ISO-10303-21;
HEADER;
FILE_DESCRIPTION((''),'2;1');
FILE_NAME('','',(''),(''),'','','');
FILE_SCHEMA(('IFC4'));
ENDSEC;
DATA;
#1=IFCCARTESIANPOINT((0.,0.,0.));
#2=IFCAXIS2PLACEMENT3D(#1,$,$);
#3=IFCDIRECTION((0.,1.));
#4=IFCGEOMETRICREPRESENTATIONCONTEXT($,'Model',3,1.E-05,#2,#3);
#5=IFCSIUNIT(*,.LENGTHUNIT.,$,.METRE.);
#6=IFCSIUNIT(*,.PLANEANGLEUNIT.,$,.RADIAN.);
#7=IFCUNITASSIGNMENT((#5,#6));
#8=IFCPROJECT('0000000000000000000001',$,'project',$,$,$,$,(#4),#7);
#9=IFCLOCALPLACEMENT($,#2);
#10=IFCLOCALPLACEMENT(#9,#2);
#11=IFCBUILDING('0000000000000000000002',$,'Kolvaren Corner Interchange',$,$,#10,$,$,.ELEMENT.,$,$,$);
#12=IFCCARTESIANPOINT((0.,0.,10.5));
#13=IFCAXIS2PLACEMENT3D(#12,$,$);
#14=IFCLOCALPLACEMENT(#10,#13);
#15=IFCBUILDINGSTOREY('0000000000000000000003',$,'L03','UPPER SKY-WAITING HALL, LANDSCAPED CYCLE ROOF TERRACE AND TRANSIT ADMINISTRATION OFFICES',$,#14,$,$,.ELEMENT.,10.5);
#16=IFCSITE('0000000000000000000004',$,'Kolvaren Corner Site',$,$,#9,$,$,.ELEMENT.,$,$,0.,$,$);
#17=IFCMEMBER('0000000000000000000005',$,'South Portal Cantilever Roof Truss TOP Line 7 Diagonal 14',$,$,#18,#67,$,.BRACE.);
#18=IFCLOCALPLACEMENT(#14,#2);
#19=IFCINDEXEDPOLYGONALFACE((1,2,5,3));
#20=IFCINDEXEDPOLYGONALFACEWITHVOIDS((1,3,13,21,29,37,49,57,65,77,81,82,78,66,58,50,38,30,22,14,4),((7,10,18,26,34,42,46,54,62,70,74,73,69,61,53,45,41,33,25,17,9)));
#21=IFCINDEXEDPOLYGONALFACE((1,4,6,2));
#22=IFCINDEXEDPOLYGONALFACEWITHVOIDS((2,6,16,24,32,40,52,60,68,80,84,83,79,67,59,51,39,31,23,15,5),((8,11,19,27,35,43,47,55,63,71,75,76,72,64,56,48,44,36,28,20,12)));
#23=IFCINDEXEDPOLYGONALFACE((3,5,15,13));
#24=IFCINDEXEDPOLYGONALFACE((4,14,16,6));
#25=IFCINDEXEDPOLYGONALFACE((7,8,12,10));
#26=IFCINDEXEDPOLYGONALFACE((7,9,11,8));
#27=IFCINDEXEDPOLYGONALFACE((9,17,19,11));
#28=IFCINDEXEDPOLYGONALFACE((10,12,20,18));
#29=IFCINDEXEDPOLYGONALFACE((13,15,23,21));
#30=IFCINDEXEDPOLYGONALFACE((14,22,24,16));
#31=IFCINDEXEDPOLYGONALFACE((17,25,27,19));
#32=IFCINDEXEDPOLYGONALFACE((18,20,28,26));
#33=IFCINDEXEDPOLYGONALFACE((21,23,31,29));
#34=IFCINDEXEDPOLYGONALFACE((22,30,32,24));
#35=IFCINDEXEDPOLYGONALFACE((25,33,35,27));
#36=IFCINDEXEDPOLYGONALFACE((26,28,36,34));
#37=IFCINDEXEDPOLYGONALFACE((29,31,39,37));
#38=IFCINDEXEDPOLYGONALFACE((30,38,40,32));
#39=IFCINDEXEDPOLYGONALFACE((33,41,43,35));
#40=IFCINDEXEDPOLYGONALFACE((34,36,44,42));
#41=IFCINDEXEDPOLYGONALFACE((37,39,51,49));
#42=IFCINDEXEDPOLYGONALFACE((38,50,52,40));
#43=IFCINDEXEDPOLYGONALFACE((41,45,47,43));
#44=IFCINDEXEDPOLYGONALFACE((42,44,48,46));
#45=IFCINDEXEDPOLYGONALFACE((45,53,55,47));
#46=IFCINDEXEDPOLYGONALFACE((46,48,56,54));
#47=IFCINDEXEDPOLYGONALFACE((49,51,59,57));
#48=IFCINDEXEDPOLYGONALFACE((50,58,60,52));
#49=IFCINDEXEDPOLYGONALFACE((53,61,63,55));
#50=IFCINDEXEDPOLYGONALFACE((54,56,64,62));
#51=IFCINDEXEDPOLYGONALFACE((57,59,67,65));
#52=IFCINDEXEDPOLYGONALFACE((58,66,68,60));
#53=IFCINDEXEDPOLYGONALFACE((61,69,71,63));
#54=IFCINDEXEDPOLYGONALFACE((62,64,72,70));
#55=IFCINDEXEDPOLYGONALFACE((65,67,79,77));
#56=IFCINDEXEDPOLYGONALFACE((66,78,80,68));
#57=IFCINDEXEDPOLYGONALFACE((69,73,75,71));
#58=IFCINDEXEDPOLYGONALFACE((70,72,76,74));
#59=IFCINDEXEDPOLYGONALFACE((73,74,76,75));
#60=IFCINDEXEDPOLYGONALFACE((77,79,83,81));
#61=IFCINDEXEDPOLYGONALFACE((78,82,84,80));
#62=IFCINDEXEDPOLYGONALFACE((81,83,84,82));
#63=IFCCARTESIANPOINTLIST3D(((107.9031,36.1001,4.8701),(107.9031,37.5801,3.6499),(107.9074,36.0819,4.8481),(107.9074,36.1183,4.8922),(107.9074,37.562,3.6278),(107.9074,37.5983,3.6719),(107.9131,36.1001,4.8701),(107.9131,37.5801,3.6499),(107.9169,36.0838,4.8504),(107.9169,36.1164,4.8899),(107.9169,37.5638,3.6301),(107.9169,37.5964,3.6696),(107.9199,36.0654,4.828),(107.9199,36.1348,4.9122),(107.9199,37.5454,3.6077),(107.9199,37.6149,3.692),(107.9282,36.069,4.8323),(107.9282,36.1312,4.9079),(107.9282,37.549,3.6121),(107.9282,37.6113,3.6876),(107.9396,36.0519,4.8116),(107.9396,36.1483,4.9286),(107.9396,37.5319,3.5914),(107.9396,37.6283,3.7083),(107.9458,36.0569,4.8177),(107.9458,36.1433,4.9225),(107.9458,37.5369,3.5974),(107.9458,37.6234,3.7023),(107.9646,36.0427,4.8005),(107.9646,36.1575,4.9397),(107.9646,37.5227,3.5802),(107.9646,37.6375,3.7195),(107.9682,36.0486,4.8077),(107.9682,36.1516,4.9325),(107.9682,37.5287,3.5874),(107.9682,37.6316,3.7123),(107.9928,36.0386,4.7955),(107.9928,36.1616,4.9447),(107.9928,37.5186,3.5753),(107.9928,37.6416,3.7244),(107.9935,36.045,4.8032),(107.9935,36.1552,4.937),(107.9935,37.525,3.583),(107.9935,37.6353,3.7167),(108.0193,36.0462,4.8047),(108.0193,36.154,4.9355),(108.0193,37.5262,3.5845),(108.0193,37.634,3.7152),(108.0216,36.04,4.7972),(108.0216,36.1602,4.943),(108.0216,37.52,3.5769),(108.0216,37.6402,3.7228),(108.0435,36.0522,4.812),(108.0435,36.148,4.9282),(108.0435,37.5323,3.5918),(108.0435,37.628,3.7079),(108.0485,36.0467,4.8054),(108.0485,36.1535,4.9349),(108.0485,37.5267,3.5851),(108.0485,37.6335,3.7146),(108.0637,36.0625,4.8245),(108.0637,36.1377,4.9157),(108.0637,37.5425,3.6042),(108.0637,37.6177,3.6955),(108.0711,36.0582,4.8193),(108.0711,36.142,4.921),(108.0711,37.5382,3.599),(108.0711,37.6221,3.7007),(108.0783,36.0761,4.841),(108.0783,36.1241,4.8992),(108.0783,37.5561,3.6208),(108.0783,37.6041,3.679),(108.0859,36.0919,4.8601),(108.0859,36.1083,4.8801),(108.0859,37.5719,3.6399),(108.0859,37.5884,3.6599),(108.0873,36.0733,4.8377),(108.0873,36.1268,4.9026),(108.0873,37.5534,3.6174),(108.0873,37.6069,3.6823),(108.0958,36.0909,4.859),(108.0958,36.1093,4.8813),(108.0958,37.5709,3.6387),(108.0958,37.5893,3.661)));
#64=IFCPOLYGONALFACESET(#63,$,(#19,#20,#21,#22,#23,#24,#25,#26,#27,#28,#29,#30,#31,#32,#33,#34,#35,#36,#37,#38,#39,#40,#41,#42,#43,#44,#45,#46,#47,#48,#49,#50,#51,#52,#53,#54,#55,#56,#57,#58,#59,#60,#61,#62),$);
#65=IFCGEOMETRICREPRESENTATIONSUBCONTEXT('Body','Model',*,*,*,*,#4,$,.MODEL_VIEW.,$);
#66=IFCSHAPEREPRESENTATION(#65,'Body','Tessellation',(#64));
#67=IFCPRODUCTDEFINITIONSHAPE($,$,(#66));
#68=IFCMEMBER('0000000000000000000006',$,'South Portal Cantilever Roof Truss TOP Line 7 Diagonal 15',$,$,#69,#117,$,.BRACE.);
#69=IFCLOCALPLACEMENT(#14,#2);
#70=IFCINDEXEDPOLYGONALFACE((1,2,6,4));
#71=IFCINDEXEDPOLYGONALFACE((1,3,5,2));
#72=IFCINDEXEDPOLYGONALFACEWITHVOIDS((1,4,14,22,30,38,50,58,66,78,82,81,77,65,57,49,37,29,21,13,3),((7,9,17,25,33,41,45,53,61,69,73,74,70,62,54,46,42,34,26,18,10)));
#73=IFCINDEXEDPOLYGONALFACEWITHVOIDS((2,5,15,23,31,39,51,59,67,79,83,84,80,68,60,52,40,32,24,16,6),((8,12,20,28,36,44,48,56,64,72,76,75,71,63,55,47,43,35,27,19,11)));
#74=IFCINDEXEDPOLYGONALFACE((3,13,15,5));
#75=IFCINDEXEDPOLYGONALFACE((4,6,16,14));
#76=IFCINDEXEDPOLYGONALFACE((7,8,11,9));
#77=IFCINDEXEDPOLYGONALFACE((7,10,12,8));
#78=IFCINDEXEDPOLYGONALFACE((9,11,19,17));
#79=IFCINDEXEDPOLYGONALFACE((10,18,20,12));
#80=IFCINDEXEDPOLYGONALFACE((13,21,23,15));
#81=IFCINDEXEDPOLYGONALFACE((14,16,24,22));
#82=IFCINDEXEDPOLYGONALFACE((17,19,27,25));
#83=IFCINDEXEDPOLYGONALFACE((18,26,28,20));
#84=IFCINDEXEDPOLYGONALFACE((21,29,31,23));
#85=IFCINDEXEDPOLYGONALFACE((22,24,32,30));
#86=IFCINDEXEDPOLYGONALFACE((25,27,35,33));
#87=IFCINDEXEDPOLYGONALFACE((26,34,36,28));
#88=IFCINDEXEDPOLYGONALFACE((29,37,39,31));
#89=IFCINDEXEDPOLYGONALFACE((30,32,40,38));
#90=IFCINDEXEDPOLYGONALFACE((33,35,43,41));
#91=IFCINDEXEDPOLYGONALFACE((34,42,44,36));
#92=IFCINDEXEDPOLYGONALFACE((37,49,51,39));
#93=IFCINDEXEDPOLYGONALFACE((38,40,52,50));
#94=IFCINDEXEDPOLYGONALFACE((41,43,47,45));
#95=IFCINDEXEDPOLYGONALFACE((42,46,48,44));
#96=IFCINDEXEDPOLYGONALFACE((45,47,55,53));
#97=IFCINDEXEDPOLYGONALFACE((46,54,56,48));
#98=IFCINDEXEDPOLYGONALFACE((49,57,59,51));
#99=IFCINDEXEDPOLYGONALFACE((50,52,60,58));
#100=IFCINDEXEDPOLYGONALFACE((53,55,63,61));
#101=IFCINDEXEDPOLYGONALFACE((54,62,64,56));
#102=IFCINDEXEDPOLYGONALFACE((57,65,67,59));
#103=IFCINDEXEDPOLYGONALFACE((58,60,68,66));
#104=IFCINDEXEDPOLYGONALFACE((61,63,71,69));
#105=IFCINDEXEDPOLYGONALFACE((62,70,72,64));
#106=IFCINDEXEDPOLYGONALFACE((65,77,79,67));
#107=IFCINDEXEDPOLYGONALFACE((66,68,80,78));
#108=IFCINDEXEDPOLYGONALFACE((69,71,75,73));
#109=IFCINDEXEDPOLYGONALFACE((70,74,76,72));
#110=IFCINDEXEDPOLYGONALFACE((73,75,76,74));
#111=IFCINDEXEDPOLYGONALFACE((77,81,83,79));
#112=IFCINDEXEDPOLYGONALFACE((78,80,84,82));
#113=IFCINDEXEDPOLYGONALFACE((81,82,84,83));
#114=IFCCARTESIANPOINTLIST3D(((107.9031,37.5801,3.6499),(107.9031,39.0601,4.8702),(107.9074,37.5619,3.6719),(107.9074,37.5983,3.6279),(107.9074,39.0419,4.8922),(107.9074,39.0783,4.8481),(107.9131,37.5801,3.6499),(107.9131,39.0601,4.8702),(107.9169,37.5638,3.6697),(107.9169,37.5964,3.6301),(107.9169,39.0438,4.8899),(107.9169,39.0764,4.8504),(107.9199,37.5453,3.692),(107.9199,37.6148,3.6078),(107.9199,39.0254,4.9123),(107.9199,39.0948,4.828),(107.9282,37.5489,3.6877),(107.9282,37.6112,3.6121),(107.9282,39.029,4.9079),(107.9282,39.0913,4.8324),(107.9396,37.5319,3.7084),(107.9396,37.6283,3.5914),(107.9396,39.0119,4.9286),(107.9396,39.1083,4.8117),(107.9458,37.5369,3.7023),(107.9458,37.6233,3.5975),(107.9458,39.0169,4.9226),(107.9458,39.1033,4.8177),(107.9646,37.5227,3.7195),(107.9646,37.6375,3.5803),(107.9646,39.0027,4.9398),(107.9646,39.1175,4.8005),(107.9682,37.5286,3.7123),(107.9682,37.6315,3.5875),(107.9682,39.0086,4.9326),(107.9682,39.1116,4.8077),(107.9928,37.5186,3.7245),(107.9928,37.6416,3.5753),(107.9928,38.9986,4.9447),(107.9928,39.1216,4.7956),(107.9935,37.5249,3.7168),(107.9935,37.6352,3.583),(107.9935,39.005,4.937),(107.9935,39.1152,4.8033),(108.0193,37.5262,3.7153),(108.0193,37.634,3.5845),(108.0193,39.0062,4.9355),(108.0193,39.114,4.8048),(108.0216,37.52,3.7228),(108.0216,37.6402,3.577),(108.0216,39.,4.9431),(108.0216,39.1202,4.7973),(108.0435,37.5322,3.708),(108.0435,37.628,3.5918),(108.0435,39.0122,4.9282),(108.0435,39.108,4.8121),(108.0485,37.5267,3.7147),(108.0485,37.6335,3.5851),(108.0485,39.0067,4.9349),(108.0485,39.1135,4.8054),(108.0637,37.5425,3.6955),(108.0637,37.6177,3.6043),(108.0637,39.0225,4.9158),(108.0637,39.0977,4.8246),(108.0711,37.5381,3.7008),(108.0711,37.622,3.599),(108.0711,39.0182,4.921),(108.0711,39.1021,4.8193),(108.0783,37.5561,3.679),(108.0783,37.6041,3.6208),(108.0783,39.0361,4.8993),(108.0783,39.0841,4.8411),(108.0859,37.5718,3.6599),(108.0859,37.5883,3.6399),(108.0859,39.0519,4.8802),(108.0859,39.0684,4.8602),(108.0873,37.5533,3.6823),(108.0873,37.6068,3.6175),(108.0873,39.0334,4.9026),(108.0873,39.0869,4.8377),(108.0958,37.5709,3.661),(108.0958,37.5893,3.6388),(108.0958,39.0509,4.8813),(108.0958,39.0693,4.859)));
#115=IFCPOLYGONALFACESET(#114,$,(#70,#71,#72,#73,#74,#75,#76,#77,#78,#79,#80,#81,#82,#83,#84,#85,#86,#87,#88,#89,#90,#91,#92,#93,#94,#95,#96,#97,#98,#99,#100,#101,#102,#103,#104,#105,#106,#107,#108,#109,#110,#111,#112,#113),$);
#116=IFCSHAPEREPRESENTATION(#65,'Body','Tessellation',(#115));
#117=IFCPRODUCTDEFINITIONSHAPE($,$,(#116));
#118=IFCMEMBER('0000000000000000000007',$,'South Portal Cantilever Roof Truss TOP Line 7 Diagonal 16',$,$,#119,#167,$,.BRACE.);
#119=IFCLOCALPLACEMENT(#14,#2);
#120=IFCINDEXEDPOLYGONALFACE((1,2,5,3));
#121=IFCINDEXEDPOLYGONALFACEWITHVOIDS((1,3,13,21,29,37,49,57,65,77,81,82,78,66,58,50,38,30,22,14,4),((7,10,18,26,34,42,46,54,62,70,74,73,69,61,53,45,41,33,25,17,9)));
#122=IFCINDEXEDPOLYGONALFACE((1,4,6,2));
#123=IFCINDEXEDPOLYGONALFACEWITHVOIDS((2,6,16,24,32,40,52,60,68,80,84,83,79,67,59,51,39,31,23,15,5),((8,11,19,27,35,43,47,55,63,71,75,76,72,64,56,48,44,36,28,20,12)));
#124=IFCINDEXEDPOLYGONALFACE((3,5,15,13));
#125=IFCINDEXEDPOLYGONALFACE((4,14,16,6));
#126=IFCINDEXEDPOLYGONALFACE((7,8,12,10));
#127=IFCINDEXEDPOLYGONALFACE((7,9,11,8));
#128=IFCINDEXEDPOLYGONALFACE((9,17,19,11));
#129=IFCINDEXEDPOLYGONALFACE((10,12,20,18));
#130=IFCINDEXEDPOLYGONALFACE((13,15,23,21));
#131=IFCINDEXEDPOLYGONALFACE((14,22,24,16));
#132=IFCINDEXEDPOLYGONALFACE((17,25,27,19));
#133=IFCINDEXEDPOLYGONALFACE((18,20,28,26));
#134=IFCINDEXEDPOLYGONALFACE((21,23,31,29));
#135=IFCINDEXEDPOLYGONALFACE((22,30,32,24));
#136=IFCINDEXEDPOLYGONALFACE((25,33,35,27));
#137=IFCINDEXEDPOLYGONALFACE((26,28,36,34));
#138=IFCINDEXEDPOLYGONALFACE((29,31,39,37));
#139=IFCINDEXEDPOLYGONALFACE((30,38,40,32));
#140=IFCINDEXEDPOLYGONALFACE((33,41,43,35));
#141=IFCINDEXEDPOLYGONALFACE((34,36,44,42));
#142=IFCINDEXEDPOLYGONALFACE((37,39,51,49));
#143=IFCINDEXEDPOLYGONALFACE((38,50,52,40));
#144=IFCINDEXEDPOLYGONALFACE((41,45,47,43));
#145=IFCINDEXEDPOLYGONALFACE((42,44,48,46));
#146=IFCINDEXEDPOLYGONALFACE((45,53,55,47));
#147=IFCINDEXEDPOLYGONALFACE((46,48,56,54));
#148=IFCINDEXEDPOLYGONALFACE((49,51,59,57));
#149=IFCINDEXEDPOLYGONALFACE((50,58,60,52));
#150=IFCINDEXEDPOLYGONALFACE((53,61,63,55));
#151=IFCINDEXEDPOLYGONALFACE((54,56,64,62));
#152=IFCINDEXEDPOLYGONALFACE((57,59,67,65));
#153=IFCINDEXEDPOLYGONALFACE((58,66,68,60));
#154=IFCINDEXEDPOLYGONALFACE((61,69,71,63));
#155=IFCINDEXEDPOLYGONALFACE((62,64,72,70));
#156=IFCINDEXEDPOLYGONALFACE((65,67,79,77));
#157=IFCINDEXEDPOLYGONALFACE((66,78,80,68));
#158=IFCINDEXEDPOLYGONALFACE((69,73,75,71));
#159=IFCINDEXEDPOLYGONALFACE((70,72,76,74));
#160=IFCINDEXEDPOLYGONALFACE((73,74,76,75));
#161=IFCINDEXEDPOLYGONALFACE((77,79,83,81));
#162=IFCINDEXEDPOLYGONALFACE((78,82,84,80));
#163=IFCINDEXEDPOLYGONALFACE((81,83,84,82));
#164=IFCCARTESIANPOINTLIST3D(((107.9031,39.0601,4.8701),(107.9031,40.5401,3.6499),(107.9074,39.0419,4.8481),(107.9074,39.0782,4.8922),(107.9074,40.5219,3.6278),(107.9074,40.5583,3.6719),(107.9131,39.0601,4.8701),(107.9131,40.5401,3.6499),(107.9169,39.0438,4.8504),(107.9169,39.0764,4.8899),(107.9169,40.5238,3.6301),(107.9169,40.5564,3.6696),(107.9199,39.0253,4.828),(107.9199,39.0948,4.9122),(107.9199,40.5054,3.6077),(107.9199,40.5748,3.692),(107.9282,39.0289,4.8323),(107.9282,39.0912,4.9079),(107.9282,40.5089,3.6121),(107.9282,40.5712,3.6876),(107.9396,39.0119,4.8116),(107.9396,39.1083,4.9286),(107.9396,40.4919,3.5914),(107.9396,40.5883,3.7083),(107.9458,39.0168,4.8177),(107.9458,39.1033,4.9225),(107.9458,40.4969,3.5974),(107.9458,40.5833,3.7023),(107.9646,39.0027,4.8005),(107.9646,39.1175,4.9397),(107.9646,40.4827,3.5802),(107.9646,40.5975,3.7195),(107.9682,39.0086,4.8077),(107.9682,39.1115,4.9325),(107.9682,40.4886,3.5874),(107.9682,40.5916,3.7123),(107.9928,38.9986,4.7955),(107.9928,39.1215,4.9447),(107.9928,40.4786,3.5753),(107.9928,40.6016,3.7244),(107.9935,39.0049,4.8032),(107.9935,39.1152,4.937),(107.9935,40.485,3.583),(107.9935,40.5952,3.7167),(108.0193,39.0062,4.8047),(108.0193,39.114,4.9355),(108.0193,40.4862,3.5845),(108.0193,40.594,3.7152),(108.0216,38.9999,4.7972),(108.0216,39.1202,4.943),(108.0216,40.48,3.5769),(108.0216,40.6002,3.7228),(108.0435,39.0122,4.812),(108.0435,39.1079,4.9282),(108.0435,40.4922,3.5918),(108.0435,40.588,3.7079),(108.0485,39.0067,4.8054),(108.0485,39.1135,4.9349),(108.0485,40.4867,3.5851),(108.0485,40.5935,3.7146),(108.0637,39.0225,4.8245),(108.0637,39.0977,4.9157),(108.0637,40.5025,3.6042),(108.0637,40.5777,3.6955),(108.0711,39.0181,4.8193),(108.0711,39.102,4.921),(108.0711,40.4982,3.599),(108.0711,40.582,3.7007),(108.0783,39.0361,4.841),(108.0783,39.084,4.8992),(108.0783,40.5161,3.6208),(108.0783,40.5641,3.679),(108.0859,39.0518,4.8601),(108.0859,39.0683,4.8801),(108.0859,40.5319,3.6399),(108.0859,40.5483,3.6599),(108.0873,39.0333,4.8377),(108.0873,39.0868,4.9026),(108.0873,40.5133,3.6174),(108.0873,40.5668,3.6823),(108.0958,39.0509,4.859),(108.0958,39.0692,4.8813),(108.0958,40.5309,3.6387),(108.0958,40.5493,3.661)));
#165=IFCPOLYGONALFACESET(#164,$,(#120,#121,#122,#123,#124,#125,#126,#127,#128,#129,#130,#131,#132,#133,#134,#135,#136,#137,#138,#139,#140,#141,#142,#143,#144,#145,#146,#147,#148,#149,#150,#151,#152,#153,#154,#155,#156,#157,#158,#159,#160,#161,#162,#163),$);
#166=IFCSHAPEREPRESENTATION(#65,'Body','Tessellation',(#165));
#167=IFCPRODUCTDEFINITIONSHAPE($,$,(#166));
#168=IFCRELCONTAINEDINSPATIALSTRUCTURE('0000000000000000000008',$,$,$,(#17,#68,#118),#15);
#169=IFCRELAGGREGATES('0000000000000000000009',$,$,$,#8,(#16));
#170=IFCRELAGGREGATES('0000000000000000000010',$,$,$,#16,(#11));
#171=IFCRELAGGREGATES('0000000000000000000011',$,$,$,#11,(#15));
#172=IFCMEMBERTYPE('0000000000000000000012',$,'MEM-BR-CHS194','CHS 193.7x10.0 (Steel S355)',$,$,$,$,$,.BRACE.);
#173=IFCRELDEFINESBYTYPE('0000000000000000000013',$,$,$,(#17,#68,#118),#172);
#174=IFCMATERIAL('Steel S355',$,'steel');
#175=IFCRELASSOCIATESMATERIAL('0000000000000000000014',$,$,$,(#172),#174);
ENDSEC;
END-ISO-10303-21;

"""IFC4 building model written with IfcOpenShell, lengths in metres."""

from ifc_helpers import new_model, si_unit, direction, frame, origin, origin_2d, place, context, subcontext, project, spatial, hollow_circle, extrude, material, material_profile, profile_set, type_object, element, save


model = new_model("IFC4")

# Units and contexts
model_context = context("Model", 3, precision=1e-05, world=origin(), true_north=direction((0.0, 1.0)))
body_context = subcontext(model_context, "Body", "Model", "MODEL_VIEW")
ifc_project = project(units=[si_unit("LENGTHUNIT", "METRE"), si_unit("PLANEANGLEUNIT", "RADIAN")], contexts=[model_context])

# Site, building, storey
site_placement = place(None, origin())
site = spatial("IfcSite", under=ifc_project, at=site_placement, Name="Kolvaren Corner Site", CompositionType="ELEMENT", RefElevation=0.0)
building_placement = place(site_placement, origin())
building = spatial("IfcBuilding", under=site, at=building_placement, Name="Kolvaren Corner Interchange", CompositionType="ELEMENT")
storey_placement = place(building_placement, frame((0.0, 0.0, 10.5)))
storey = spatial("IfcBuildingStorey", under=building, at=storey_placement, Name="L03", Description="UPPER SKY-WAITING HALL, LANDSCAPED CYCLE ROOF TERRACE AND TRANSIT ADMINISTRATION OFFICES", CompositionType="ELEMENT", Elevation=10.5)

# Members
ifc_material_1 = material(Name="Steel S355", Category="steel")
ifc_material_profile_1 = material_profile(ifc_material_1, hollow_circle(Radius=0.0969, WallThickness=0.01, at=origin_2d()), Name="CHS 193.7x10.0")
ifc_profile_set_1 = profile_set([ifc_material_profile_1], Name="Steel S355")
member_type_1 = type_object("IfcMemberType", Name="MEM-BR-CHS194", Description="CHS 193.7x10.0 (Steel S355)", PredefinedType="BRACE", material=ifc_profile_set_1)
for number, where, z_axis, x_axis, name in (
    (1, (108.0, 36.1001, 4.8701), (0.0, 0.77157, -0.636144), (-1.0, 0.0, 0.0), "South Portal Cantilever Roof Truss TOP Line 7 Diagonal 14"),
    (2, (108.0, 37.5801, 3.6499), (0.0, 0.77157, 0.636144), (-1.0, 0.0, 0.0), "South Portal Cantilever Roof Truss TOP Line 7 Diagonal 15"),
    (3, (108.0, 39.0601, 4.8701), (0.0, 0.77157, -0.636144), (-1.0, 0.0, 0.0), "South Portal Cantilever Roof Truss TOP Line 7 Diagonal 16"),
):
    element("IfcMember", number, at=place(storey_placement, frame(where, z_axis=z_axis, x_axis=x_axis)), inside=storey, type_object=member_type_1, Name=name, PredefinedType="BRACE", context=body_context, shape_type="SweptSolid", body=[
        extrude(hollow_circle(Radius=0.0969, WallThickness=0.01, at=origin_2d()), origin(), (0.0, 0.0, 1.0), 1.9182),
    ])

save(model, "model.ifc")
